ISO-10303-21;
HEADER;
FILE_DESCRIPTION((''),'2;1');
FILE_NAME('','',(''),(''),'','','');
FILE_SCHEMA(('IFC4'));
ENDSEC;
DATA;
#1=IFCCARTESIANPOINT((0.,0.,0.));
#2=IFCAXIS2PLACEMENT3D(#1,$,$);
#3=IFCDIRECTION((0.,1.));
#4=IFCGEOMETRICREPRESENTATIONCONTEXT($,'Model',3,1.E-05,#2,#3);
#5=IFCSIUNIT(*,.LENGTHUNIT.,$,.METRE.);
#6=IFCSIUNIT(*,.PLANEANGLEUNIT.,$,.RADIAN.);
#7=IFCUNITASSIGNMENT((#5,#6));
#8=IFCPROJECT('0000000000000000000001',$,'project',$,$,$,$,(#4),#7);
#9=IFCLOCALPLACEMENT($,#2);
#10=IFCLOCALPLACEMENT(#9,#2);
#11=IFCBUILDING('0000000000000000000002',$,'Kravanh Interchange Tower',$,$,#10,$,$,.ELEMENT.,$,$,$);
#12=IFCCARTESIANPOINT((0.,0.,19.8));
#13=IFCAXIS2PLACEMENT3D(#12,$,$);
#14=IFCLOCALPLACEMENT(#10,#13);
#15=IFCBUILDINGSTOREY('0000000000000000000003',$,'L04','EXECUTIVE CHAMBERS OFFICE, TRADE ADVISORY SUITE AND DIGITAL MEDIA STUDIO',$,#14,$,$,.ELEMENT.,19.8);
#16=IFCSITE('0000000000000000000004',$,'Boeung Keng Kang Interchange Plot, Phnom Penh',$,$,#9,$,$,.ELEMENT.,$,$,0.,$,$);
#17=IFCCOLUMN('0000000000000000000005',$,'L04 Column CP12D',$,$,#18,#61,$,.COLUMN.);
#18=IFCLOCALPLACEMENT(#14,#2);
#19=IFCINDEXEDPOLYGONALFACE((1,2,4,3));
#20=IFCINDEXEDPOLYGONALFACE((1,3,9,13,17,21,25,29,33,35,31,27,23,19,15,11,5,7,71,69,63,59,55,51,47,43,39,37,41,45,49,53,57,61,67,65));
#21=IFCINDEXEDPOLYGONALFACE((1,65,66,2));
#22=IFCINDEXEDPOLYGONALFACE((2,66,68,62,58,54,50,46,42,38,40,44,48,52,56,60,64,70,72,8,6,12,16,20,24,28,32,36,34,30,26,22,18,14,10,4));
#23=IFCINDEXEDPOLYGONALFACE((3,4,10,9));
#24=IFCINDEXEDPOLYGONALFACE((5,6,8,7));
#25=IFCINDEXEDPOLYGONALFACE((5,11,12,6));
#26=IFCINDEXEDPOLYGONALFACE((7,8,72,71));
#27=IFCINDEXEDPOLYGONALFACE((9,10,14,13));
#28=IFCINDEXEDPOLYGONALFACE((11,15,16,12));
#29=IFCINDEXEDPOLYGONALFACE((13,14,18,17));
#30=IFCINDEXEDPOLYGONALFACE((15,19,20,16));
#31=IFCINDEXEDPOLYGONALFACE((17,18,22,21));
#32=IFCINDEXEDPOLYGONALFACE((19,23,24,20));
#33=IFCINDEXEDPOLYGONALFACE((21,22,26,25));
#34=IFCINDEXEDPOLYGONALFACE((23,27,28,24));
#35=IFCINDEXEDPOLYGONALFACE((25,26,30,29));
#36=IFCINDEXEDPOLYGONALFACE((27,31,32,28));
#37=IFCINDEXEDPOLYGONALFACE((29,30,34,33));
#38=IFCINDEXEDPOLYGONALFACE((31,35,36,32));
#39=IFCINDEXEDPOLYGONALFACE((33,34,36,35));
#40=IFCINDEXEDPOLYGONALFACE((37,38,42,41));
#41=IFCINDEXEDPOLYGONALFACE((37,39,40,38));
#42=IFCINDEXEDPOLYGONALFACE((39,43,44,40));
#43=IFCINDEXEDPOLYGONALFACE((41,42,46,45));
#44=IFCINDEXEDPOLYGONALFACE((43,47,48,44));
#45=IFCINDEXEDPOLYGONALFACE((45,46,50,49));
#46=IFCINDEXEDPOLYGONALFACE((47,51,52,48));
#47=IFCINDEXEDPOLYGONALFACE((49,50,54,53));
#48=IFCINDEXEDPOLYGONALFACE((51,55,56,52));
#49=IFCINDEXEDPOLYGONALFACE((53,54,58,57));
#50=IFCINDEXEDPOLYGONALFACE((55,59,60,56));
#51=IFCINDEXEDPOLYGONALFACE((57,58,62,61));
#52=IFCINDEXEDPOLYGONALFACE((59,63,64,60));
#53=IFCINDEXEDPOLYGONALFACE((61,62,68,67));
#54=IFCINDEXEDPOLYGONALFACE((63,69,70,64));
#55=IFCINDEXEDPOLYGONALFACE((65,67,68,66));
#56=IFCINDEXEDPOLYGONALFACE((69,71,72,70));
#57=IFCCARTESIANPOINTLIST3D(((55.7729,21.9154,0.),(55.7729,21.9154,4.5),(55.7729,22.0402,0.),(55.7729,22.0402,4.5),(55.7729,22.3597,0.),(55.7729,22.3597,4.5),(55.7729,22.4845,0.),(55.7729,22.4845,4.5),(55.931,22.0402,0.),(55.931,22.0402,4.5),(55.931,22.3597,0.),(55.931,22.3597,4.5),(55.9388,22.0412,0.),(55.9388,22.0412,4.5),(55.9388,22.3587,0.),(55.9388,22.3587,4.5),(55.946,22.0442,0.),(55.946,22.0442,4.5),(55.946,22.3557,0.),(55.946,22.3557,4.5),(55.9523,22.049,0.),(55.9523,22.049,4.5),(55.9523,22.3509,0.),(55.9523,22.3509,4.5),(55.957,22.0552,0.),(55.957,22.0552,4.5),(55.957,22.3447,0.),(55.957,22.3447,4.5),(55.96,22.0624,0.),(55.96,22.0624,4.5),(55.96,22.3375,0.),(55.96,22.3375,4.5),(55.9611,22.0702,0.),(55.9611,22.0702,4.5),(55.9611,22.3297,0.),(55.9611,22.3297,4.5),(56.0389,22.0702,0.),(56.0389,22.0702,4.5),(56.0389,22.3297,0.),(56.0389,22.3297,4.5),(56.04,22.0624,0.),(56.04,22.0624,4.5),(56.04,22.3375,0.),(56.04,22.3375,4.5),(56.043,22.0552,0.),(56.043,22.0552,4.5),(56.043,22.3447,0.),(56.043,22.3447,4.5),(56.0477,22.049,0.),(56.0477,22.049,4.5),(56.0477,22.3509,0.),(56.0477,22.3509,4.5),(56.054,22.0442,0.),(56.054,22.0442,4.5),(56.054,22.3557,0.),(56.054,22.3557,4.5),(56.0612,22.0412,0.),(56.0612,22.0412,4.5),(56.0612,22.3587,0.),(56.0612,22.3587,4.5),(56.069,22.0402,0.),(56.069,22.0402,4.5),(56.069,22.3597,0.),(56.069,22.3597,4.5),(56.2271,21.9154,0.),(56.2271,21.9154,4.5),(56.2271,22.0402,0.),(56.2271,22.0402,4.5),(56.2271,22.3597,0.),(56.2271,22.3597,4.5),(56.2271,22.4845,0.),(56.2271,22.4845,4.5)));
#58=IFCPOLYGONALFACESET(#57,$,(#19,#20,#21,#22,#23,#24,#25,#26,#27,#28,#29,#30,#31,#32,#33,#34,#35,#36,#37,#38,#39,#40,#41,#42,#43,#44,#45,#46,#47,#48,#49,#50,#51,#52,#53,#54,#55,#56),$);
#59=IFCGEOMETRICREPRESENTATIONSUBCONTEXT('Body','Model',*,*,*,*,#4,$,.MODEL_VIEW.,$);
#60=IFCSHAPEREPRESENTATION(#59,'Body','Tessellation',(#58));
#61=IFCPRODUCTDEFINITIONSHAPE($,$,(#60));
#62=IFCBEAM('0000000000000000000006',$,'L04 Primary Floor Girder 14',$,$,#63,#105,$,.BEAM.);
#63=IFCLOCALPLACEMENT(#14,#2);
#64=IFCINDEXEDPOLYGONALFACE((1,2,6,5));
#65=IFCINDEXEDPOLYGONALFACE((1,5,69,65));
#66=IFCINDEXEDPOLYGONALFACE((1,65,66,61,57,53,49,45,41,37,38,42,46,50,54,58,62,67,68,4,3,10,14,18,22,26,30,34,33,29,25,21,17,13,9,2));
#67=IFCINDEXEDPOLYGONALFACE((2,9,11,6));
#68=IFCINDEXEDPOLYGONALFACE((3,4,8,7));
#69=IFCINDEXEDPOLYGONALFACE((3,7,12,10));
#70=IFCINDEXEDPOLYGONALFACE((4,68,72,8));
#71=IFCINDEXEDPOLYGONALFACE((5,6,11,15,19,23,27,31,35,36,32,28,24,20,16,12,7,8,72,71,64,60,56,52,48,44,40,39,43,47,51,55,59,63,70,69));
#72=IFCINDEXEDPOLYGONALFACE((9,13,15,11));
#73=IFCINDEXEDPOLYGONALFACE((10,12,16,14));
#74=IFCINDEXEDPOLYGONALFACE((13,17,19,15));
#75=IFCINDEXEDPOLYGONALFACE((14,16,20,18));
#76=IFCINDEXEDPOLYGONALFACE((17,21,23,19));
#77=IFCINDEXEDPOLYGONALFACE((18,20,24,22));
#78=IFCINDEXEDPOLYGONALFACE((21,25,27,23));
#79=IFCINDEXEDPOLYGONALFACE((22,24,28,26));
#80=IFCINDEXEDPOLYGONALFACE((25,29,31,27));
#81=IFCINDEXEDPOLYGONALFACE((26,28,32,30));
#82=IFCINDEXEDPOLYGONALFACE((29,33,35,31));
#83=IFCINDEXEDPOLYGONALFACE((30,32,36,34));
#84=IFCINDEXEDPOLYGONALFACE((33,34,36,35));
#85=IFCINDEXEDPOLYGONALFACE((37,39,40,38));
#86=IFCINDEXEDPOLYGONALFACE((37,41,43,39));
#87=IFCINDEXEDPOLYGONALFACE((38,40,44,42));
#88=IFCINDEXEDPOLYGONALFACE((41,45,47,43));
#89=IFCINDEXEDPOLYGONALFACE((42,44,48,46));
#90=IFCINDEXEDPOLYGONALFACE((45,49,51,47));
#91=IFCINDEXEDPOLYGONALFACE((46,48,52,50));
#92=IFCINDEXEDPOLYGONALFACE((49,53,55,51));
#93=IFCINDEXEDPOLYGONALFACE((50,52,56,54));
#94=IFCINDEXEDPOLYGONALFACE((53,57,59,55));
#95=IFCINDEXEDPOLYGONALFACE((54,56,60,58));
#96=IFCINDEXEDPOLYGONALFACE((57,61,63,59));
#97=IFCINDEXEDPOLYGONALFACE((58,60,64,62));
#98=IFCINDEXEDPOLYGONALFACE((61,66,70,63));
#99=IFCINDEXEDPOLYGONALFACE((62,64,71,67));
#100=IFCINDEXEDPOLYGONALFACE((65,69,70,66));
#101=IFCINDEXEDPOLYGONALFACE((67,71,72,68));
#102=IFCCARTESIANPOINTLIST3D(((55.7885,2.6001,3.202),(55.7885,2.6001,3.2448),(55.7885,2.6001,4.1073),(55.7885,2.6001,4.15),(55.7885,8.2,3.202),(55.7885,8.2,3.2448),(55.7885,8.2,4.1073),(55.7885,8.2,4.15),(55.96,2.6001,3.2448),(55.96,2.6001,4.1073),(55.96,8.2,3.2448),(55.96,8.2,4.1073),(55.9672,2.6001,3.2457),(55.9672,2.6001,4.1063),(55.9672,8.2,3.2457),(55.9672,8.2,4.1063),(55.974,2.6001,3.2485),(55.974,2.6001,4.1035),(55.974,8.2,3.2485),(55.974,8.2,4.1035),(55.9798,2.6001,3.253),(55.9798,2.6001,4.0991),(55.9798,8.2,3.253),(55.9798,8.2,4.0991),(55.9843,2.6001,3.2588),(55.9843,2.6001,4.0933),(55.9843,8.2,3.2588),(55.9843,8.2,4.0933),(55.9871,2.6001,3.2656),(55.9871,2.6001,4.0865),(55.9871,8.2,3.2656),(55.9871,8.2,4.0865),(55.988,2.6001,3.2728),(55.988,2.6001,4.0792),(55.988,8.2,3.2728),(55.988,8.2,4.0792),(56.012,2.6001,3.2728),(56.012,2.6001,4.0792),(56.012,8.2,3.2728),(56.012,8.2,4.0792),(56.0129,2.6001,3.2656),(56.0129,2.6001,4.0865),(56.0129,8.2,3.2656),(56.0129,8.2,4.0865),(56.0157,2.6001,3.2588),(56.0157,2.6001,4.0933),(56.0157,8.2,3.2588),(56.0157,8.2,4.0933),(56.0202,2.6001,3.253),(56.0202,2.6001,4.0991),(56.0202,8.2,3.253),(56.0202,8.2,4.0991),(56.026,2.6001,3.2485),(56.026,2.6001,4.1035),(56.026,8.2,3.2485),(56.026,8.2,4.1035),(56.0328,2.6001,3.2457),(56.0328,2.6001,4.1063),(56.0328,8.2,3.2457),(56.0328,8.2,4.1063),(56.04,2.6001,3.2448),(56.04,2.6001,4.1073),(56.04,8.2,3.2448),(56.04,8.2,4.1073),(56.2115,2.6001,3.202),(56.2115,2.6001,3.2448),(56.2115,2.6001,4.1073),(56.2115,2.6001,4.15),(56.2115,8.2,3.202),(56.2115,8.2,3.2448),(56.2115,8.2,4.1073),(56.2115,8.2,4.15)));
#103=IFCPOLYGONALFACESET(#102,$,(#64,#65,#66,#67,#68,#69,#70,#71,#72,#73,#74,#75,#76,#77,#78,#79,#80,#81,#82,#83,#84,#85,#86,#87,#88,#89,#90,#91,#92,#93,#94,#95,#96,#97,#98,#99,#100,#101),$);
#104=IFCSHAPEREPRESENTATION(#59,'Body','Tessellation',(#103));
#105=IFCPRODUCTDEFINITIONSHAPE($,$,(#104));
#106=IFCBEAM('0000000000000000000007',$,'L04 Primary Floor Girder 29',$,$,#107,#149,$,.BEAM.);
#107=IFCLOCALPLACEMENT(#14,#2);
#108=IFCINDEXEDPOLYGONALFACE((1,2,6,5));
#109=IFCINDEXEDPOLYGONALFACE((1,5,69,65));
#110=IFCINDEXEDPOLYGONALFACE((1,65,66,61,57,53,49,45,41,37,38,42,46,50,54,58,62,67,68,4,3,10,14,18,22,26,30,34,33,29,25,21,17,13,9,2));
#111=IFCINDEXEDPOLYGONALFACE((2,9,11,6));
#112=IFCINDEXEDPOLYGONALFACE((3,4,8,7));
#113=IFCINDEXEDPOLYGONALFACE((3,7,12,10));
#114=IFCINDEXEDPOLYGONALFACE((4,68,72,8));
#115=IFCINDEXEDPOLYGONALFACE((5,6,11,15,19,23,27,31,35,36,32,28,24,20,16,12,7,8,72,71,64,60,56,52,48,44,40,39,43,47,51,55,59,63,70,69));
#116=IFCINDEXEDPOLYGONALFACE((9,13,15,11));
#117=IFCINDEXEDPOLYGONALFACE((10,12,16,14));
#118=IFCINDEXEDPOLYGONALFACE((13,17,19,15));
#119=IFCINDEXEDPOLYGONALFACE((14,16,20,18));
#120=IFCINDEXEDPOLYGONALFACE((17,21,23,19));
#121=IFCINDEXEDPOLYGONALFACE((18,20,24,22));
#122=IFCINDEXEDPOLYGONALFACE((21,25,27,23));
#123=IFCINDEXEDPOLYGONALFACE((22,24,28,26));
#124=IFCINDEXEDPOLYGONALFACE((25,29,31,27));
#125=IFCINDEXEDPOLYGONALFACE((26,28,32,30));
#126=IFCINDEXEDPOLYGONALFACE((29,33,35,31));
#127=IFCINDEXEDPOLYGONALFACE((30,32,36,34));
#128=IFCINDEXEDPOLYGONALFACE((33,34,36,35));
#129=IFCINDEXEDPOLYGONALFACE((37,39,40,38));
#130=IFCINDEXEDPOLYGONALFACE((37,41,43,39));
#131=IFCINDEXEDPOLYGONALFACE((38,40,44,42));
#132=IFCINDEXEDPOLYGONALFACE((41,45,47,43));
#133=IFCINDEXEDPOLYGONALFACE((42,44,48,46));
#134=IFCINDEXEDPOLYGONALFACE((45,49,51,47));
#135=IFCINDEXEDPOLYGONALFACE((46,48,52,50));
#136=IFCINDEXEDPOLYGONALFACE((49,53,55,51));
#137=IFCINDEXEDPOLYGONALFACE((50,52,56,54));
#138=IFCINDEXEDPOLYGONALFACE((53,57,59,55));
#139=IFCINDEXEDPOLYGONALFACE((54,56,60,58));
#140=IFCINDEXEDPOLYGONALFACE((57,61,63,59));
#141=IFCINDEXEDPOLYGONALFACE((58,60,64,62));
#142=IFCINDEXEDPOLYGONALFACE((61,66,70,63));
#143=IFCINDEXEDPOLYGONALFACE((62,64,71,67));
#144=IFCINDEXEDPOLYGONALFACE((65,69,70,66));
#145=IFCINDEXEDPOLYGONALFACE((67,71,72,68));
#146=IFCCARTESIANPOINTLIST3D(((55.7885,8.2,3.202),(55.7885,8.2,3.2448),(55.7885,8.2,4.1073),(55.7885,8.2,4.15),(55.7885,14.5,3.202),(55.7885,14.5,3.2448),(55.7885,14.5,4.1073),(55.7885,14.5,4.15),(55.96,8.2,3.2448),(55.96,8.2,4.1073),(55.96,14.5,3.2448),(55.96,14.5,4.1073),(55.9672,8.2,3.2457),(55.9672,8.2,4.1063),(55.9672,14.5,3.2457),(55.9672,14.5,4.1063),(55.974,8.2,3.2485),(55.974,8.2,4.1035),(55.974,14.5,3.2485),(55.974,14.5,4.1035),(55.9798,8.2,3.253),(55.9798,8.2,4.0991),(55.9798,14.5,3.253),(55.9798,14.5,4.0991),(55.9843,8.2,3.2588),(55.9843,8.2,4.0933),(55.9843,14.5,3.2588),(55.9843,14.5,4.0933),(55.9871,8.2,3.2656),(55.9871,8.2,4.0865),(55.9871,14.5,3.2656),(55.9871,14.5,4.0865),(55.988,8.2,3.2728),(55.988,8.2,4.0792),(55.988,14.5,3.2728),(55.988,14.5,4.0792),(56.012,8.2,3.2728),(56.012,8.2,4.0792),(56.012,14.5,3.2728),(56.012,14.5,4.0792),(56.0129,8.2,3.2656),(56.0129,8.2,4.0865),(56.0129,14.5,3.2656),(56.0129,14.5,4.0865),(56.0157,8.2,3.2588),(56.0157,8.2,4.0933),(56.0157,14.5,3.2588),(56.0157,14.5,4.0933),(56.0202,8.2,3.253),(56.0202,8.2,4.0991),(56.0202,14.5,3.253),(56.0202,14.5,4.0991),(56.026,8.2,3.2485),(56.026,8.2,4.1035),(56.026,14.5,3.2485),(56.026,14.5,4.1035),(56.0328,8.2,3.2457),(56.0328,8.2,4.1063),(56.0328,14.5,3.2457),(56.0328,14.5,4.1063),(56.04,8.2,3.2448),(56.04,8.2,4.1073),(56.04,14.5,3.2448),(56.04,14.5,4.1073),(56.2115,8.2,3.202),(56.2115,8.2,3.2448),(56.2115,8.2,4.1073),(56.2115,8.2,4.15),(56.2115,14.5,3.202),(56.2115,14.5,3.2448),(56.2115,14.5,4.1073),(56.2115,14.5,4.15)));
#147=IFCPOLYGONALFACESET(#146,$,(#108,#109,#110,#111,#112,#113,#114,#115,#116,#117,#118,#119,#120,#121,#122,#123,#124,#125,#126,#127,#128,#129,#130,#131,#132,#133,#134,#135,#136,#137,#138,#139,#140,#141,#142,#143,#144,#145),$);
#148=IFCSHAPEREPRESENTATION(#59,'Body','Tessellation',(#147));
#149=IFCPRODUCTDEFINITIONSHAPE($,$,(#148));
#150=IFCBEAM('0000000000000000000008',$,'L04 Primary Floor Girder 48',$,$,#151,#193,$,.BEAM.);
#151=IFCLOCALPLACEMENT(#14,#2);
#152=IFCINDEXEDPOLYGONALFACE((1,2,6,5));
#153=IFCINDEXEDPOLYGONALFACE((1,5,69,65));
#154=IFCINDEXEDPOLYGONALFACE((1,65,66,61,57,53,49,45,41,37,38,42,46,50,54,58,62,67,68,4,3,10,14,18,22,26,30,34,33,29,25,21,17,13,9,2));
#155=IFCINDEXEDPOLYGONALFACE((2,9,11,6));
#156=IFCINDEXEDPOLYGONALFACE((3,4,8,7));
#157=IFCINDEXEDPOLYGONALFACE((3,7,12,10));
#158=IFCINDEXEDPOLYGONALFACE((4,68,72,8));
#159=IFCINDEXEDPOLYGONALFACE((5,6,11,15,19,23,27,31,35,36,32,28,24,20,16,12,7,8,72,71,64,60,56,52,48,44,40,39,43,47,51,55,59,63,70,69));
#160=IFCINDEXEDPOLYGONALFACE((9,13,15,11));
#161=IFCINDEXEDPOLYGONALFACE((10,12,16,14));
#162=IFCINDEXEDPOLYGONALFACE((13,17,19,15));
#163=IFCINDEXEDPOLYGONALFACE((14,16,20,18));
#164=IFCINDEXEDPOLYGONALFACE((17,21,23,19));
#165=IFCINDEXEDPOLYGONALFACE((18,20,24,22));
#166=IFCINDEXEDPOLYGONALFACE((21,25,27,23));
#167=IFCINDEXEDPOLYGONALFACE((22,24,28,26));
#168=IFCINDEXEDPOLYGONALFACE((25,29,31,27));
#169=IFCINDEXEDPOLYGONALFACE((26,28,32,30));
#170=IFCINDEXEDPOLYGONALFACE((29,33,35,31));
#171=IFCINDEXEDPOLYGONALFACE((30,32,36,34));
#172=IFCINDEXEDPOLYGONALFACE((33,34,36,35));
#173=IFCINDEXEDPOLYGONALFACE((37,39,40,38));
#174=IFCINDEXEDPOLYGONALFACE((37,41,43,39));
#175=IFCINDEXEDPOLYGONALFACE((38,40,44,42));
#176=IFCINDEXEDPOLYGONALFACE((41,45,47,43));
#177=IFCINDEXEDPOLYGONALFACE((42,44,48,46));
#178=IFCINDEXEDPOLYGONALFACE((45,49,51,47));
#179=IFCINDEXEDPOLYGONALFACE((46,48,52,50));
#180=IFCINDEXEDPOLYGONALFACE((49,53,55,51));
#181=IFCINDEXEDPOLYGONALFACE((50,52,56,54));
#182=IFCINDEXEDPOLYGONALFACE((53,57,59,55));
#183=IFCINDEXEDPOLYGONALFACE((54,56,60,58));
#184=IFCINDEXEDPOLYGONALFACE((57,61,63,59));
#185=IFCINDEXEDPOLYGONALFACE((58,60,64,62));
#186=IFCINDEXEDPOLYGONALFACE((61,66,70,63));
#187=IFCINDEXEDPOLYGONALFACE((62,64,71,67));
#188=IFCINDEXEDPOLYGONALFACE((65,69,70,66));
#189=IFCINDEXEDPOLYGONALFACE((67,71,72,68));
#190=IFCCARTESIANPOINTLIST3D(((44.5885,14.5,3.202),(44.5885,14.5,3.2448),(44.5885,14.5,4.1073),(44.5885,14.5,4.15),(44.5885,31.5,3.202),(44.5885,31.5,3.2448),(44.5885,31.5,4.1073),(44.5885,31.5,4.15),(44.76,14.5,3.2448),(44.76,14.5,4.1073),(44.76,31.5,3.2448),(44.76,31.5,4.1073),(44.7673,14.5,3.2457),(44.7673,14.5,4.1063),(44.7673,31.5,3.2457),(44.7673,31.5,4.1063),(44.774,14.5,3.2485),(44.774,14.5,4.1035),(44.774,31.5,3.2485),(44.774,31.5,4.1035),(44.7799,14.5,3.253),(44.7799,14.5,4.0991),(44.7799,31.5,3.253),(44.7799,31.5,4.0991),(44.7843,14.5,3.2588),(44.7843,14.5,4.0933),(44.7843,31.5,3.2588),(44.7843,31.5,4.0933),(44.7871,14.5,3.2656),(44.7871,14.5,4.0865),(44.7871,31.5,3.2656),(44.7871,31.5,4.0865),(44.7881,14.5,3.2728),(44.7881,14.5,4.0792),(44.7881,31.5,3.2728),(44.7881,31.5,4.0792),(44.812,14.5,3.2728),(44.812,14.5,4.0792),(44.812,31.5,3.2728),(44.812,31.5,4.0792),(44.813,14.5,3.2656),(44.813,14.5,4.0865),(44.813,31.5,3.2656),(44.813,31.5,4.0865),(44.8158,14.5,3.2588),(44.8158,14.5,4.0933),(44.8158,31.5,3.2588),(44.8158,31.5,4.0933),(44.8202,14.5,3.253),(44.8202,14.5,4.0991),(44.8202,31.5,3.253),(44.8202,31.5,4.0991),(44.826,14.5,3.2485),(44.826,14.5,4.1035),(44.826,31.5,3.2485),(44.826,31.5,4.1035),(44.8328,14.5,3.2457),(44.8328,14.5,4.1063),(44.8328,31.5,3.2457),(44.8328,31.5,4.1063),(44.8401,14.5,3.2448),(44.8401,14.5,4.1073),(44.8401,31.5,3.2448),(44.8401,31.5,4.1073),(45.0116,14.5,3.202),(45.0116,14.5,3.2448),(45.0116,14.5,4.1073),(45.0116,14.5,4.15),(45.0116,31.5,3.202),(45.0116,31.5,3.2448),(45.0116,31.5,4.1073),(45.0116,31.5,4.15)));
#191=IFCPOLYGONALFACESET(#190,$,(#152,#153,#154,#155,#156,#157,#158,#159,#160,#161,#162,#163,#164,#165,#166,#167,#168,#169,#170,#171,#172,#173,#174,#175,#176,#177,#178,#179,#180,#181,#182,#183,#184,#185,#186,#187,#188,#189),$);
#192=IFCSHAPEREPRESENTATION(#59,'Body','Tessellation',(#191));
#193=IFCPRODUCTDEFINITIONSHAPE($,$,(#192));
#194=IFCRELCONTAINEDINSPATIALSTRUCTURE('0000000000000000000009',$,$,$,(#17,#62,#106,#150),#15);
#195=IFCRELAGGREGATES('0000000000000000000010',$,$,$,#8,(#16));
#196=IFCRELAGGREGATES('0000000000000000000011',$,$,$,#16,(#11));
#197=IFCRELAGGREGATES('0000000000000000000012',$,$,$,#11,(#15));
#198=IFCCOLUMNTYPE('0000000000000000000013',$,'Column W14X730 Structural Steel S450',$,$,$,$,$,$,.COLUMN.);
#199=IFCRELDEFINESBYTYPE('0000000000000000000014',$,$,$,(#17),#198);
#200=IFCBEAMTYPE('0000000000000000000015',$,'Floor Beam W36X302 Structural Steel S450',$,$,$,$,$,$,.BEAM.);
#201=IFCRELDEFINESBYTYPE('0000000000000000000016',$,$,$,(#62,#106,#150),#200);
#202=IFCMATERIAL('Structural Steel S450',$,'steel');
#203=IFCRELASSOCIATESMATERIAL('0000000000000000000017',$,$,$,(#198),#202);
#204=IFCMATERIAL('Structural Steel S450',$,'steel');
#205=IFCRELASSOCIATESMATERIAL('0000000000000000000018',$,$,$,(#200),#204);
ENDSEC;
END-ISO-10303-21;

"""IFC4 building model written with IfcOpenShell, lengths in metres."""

from ifc_helpers import new_model, si_unit, direction, frame, origin, origin_2d, place, context, subcontext, project, spatial, i_section, extrude, material, material_profile, profile_set, type_object, element, save


model = new_model("IFC4")

# Units and contexts
model_context = context("Model", 3, precision=1e-05, world=origin(), true_north=direction((0.0, 1.0)))
body_context = subcontext(model_context, "Body", "Model", "MODEL_VIEW")
ifc_project = project(units=[si_unit("LENGTHUNIT", "METRE"), si_unit("PLANEANGLEUNIT", "RADIAN")], contexts=[model_context])

# Site, building, storey
site_placement = place(None, origin())
site = spatial("IfcSite", under=ifc_project, at=site_placement, Name="Boeung Keng Kang Interchange Plot, Phnom Penh", CompositionType="ELEMENT", RefElevation=0.0)
building_placement = place(site_placement, origin())
building = spatial("IfcBuilding", under=site, at=building_placement, Name="Kravanh Interchange Tower", CompositionType="ELEMENT")
storey_placement = place(building_placement, frame((0.0, 0.0, 19.8)))
storey = spatial("IfcBuildingStorey", under=building, at=storey_placement, Name="L04", Description="EXECUTIVE CHAMBERS OFFICE, TRADE ADVISORY SUITE AND DIGITAL MEDIA STUDIO", CompositionType="ELEMENT", Elevation=19.8)

# Column
ifc_material_1 = material(Name="Structural Steel S450", Category="steel")
ifc_material_profile_1 = material_profile(ifc_material_1, i_section(OverallWidth=0.4541, OverallDepth=0.5691, WebThickness=0.0779, FlangeThickness=0.1248, FilletRadius=0.03, at=origin_2d()), Name="W14X730")
ifc_profile_set_1 = profile_set([ifc_material_profile_1], Name="Structural Steel S450")
column_type = type_object("IfcColumnType", Name="Column W14X730 Structural Steel S450", PredefinedType="COLUMN", material=ifc_profile_set_1)
for number, where, z_axis, x_axis, name in (
    (1, (56.0, 22.2, 0.0), (0.0, 0.0, 1.0), (1.0, 0.0, 0.0), "L04 Column CP12D"),
):
    element("IfcColumn", number, at=place(storey_placement, frame(where, z_axis=z_axis, x_axis=x_axis)), inside=storey, type_object=column_type, Name=name, PredefinedType="COLUMN", context=body_context, shape_type="SweptSolid", body=[
        extrude(i_section(OverallWidth=0.4541, OverallDepth=0.5691, WebThickness=0.0779, FlangeThickness=0.1248, FilletRadius=0.03, at=origin_2d()), origin(), (0.0, 0.0, 1.0), 4.5),
    ])

# Beams
ifc_material_2 = material(Name="Structural Steel S450", Category="steel")
ifc_material_profile_2 = material_profile(ifc_material_2, i_section(OverallWidth=0.4231, OverallDepth=0.948, WebThickness=0.0239, FlangeThickness=0.0427, FilletRadius=0.0281, at=origin_2d()), Name="W36X302")
ifc_profile_set_2 = profile_set([ifc_material_profile_2], Name="Structural Steel S450")
beam_type_1 = type_object("IfcBeamType", Name="Floor Beam W36X302 Structural Steel S450", PredefinedType="BEAM", material=ifc_profile_set_2)
beam_1_placement = place(storey_placement, frame((56.0, 2.6001, 3.676), z_axis=(0.0, 1.0, 0.0), x_axis=(-1.0, 0.0, 0.0)))
element("IfcBeam", 2, at=beam_1_placement, inside=storey, type_object=beam_type_1, Name="L04 Primary Floor Girder 14", PredefinedType="BEAM", context=body_context, shape_type="SweptSolid", body=[
    extrude(i_section(OverallWidth=0.4231, OverallDepth=0.948, WebThickness=0.0239, FlangeThickness=0.0427, FilletRadius=0.0281, at=origin_2d()), origin(), (0.0, 0.0, 1.0), 5.5999),
])
beam_2_placement = place(storey_placement, frame((56.0, 8.2, 3.676), z_axis=(0.0, 1.0, 0.0), x_axis=(-1.0, 0.0, 0.0)))
element("IfcBeam", 3, at=beam_2_placement, inside=storey, type_object=beam_type_1, Name="L04 Primary Floor Girder 29", PredefinedType="BEAM", context=body_context, shape_type="SweptSolid", body=[
    extrude(i_section(OverallWidth=0.4231, OverallDepth=0.948, WebThickness=0.0239, FlangeThickness=0.0427, FilletRadius=0.0281, at=origin_2d()), origin(), (0.0, 0.0, 1.0), 6.3),
])
beam_3_placement = place(storey_placement, frame((44.8, 14.5, 3.676), z_axis=(0.0, 1.0, 0.0), x_axis=(-1.0, 0.0, 0.0)))
element("IfcBeam", 4, at=beam_3_placement, inside=storey, type_object=beam_type_1, Name="L04 Primary Floor Girder 48", PredefinedType="BEAM", context=body_context, shape_type="SweptSolid", body=[
    extrude(i_section(OverallWidth=0.4231, OverallDepth=0.948, WebThickness=0.0239, FlangeThickness=0.0427, FilletRadius=0.0281, at=origin_2d()), origin(), (0.0, 0.0, 1.0), 17.0),
])

save(model, "model.ifc")
